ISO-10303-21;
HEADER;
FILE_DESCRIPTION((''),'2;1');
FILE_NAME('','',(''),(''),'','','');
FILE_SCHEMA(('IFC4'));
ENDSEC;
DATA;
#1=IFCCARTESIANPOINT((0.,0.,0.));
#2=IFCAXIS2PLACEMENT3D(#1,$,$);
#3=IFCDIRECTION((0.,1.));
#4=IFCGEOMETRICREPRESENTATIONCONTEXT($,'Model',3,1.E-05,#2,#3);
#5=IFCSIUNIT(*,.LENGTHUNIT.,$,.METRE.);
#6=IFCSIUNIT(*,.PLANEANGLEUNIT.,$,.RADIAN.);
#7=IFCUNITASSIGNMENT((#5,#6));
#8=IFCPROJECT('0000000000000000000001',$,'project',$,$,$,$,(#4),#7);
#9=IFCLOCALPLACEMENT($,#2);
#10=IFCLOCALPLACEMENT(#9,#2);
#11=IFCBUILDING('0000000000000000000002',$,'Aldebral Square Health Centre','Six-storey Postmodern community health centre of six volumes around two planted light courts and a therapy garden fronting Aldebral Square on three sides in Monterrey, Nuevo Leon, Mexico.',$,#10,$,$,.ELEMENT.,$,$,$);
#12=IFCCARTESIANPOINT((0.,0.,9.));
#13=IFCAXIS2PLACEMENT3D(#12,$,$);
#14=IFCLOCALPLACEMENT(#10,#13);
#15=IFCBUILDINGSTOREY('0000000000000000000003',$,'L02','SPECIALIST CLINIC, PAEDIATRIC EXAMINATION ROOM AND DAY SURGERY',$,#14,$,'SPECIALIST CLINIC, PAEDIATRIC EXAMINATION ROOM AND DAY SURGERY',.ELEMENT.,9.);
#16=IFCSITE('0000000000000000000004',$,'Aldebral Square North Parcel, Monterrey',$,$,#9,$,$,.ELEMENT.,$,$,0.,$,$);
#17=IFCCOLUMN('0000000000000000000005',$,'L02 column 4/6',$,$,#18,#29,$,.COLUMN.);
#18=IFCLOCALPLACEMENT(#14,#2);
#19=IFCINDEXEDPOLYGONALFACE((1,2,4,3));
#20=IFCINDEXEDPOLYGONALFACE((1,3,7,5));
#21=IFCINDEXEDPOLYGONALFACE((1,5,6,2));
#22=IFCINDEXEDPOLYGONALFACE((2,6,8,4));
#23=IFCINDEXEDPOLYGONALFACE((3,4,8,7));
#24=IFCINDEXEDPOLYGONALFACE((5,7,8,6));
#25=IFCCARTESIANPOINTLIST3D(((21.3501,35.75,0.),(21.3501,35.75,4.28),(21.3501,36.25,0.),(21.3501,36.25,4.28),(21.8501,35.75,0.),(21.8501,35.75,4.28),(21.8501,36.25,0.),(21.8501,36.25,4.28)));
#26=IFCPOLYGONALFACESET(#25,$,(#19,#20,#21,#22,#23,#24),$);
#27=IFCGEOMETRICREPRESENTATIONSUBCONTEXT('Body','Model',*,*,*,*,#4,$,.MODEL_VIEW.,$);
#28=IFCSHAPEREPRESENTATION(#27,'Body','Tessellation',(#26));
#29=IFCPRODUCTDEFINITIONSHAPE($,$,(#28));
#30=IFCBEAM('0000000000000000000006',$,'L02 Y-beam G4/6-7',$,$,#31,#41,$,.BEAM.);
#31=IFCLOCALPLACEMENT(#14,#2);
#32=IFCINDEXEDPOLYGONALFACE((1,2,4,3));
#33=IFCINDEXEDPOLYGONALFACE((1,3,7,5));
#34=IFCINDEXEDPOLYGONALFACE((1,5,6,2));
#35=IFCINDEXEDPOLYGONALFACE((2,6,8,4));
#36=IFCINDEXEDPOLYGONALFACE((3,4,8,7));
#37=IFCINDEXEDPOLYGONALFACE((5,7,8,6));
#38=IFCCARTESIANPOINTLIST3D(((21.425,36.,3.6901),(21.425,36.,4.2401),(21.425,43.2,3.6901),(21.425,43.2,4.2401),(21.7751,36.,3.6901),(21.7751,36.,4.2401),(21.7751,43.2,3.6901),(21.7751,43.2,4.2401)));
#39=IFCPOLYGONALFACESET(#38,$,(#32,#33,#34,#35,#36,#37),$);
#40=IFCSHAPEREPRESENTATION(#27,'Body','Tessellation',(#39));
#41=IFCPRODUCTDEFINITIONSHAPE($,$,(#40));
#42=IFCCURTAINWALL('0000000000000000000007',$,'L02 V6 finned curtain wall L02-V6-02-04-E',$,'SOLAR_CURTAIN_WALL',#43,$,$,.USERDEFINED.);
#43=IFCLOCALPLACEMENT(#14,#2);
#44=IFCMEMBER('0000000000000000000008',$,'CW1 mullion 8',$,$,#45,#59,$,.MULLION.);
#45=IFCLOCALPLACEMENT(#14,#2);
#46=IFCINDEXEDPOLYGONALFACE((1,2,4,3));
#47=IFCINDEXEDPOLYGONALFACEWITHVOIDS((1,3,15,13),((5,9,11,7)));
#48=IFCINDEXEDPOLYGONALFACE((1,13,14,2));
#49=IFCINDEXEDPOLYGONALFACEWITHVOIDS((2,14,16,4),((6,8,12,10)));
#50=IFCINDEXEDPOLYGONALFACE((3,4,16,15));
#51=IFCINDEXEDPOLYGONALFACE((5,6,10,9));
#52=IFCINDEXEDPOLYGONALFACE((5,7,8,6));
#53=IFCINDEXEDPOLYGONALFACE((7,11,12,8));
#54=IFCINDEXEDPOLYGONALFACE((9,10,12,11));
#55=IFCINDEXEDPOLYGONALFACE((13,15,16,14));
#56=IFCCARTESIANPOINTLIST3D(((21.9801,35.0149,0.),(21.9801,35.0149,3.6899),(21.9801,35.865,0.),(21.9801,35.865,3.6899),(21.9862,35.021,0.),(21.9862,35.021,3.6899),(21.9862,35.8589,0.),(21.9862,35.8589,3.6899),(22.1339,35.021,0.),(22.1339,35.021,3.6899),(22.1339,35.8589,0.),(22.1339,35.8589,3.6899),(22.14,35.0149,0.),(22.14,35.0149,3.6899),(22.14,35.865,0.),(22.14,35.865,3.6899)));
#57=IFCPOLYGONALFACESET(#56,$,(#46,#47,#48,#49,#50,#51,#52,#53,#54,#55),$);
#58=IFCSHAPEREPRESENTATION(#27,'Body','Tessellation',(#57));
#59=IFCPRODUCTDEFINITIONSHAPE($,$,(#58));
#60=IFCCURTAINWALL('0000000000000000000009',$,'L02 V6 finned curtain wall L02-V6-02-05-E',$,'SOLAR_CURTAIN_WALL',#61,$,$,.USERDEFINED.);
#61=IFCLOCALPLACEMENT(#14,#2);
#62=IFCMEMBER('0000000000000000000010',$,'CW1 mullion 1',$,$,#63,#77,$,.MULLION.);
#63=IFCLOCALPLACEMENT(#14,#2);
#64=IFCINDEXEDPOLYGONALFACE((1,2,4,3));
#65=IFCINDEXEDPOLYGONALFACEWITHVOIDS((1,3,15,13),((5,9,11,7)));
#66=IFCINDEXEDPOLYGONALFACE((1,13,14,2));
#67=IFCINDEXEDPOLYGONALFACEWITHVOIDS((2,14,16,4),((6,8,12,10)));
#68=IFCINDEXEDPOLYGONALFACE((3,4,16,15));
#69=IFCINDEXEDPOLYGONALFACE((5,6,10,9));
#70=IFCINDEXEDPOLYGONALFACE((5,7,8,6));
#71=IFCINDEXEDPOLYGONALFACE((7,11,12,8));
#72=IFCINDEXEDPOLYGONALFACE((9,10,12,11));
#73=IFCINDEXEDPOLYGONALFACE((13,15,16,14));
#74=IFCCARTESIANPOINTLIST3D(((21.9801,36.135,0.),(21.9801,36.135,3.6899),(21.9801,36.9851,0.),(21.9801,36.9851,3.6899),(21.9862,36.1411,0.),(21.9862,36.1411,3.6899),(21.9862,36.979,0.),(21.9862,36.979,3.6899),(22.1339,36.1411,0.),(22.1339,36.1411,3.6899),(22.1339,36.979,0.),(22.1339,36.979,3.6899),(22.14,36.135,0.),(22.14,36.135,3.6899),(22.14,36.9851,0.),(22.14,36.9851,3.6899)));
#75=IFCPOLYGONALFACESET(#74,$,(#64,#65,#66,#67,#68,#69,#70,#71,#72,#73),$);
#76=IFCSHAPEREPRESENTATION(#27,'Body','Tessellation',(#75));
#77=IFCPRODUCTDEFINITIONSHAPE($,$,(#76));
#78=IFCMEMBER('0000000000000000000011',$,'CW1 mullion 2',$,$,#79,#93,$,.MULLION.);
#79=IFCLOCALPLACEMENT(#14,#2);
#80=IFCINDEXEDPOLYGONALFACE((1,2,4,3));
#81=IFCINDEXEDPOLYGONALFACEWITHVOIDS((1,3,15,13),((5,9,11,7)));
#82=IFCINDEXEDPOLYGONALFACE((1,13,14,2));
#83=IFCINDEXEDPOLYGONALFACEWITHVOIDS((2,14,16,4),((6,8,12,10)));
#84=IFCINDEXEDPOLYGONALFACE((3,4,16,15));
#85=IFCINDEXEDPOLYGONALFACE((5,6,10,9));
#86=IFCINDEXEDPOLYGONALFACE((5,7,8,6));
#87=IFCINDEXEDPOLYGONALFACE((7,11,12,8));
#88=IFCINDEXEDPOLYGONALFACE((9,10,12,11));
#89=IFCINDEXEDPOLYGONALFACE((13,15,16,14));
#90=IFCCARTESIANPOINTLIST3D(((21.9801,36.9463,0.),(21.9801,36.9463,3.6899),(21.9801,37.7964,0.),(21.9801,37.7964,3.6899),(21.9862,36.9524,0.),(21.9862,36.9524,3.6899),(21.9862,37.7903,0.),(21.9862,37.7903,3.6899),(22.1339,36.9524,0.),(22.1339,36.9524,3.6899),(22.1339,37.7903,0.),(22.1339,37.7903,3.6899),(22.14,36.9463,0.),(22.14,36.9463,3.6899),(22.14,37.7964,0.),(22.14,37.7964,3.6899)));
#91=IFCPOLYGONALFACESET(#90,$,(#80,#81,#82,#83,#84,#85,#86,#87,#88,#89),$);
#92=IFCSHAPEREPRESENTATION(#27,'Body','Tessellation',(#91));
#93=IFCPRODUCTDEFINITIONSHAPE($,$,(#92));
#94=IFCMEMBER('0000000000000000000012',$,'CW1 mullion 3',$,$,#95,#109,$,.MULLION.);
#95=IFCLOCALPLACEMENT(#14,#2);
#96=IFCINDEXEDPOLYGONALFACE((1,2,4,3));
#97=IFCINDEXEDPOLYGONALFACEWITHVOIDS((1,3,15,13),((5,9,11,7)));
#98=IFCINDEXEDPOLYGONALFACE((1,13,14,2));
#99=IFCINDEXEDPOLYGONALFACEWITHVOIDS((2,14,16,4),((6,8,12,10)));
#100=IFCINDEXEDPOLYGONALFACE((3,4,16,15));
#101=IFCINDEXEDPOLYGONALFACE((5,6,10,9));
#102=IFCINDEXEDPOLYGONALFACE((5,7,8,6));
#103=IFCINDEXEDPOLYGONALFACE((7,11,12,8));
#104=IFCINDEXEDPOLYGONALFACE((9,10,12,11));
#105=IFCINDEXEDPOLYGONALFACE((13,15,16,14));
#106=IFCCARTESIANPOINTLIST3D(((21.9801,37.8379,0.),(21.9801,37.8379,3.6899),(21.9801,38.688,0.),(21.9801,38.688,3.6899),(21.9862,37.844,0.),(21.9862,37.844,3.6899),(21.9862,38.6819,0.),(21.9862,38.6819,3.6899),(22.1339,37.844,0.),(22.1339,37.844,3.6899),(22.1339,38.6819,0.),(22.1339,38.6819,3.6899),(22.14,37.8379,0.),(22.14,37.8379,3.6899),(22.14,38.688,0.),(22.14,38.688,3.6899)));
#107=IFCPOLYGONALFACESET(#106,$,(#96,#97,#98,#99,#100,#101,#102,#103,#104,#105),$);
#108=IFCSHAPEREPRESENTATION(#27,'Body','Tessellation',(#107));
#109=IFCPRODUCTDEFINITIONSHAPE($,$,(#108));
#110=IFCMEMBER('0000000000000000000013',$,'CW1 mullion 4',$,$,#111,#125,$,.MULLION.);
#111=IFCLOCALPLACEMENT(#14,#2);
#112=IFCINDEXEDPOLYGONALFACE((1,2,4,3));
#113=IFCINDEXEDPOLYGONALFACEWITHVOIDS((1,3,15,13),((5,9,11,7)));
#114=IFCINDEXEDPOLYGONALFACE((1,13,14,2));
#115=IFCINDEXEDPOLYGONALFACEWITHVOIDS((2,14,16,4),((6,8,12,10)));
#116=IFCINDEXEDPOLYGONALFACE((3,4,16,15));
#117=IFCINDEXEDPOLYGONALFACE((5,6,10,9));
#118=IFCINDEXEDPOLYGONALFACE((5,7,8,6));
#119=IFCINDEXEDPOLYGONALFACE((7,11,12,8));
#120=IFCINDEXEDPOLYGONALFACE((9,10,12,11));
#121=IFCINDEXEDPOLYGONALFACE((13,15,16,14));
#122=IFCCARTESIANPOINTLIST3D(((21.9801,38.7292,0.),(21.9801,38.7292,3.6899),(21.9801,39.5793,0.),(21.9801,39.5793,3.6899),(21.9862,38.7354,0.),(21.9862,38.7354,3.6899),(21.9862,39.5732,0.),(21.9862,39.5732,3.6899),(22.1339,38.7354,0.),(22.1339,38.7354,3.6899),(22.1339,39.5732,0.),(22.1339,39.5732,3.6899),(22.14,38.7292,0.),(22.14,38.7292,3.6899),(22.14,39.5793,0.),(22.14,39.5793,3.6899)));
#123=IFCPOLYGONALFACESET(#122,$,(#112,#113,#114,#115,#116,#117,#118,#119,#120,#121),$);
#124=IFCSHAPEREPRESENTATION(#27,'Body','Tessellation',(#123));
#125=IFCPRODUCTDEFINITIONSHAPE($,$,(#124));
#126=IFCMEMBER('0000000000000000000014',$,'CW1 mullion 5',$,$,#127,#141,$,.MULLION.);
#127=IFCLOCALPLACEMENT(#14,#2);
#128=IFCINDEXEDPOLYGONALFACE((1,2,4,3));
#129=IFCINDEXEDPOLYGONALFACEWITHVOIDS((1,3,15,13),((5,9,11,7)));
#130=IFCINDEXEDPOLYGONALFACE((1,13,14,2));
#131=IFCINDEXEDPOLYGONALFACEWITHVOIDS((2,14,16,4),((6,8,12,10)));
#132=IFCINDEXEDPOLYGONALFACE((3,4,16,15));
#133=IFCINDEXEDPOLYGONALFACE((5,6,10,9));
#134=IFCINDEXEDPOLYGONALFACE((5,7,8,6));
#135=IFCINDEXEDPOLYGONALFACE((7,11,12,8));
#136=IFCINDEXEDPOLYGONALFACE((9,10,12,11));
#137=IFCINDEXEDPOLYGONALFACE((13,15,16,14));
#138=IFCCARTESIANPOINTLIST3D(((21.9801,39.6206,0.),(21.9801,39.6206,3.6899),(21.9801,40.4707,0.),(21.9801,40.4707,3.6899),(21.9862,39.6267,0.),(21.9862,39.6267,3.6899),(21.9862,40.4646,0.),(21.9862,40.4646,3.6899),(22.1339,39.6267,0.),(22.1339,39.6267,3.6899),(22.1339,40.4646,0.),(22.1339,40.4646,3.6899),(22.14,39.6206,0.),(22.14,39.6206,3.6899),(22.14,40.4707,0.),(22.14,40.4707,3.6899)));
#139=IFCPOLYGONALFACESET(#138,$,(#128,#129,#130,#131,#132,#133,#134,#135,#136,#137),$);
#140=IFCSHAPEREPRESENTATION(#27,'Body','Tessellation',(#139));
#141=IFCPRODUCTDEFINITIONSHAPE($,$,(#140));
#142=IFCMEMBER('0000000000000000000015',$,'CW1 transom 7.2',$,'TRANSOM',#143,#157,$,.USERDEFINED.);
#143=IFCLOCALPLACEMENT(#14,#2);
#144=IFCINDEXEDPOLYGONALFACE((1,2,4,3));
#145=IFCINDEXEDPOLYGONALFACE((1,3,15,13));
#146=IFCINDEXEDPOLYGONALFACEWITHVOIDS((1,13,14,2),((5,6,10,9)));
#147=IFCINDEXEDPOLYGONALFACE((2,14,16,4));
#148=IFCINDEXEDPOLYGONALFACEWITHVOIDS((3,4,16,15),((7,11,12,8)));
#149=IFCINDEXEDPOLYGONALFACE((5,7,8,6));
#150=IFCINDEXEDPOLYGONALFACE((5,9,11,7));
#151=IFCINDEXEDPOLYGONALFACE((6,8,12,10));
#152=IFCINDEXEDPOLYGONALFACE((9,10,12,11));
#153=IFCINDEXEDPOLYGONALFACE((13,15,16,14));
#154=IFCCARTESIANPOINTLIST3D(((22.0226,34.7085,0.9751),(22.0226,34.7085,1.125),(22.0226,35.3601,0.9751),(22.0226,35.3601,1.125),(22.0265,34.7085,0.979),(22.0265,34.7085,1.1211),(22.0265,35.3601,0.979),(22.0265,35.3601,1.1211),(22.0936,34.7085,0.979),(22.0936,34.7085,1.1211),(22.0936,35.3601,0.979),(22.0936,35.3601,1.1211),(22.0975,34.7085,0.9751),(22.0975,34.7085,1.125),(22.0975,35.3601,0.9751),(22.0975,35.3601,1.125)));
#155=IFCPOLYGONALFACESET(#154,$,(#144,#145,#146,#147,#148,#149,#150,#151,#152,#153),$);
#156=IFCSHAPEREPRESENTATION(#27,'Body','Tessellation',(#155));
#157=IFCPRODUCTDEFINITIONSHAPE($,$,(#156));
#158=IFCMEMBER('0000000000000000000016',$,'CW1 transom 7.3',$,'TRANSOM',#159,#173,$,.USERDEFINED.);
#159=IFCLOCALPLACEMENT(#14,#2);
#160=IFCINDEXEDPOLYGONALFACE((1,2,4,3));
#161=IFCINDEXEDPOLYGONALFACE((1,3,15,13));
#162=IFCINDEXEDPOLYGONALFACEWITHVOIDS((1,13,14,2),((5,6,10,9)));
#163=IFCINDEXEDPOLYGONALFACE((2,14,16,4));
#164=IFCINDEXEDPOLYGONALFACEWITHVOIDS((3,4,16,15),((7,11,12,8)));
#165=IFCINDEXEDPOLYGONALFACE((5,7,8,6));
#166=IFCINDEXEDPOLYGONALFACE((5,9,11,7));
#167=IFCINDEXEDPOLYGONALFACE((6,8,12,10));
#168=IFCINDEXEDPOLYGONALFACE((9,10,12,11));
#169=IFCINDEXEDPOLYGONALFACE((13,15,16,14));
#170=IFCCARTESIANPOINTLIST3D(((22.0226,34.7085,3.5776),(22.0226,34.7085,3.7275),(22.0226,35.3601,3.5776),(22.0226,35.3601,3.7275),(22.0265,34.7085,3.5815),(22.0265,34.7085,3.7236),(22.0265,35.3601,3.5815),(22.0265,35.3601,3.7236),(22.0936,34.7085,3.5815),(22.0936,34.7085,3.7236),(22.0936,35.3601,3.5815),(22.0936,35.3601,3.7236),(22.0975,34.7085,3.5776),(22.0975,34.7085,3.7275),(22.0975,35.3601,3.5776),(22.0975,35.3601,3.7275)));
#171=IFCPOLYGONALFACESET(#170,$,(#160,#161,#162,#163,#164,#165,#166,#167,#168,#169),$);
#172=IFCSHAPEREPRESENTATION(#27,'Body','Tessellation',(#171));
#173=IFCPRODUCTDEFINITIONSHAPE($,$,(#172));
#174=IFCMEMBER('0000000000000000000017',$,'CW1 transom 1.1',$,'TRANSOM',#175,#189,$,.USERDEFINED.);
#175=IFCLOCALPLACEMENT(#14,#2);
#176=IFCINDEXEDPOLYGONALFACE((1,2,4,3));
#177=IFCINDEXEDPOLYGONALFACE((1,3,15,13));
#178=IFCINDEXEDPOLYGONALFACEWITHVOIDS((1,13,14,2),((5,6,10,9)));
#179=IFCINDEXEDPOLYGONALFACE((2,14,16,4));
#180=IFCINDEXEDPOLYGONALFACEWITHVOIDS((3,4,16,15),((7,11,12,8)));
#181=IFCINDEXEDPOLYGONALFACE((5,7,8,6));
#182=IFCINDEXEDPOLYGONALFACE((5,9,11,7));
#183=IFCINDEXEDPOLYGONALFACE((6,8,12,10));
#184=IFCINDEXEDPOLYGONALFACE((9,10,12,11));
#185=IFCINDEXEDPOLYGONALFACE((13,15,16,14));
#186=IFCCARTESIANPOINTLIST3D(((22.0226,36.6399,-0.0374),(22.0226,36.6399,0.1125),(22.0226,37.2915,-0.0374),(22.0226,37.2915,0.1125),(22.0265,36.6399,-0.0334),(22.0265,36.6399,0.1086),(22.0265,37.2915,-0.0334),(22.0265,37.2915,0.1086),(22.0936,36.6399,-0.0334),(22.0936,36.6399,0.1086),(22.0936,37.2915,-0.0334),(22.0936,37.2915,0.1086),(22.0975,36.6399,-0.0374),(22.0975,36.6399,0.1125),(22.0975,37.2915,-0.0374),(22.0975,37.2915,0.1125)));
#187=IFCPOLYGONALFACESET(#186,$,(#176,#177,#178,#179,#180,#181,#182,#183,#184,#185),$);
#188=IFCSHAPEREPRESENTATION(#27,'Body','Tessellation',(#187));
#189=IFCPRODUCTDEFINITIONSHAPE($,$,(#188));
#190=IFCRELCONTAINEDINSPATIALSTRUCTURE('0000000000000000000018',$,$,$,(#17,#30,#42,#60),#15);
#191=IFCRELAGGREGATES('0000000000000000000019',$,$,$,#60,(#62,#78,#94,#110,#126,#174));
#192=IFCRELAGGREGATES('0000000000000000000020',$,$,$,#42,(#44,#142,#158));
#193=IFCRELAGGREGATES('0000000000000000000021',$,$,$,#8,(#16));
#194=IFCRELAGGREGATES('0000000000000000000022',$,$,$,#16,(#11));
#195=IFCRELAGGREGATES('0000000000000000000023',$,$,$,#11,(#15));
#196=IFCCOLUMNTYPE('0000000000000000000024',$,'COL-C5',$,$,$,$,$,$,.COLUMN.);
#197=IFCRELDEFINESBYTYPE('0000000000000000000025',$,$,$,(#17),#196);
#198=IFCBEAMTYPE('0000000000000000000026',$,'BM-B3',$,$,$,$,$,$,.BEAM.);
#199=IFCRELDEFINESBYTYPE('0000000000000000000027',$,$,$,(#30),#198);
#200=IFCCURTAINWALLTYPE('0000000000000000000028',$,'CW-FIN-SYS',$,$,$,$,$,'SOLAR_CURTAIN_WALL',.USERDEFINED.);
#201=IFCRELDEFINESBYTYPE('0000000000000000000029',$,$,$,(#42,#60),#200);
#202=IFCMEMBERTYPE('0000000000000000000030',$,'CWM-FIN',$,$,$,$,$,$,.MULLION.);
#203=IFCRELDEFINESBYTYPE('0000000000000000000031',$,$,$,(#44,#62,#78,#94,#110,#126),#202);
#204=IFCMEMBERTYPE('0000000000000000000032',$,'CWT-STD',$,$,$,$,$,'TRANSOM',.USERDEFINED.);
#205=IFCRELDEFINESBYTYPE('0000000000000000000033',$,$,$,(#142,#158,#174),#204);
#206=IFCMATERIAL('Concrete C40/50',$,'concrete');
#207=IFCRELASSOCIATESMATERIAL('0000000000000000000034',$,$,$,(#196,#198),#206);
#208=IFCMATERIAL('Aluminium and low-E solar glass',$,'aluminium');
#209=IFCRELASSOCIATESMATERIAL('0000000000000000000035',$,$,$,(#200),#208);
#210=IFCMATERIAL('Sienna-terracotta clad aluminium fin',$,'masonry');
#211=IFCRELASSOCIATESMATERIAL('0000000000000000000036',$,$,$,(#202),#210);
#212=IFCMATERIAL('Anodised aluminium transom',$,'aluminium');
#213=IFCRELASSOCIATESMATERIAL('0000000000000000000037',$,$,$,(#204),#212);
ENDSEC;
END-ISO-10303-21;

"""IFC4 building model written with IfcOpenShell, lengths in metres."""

from ifc_helpers import new_model, si_unit, direction, frame, origin, origin_2d, place, context, subcontext, project, spatial, rectangle, hollow_rectangle, extrude, material, material_profile, profile_set, type_object, element, aggregate, save


model = new_model("IFC4")

# Units and contexts
model_context = context("Model", 3, precision=1e-05, world=origin(), true_north=direction((0.0, 1.0)))
body_context = subcontext(model_context, "Body", "Model", "MODEL_VIEW")
ifc_project = project(units=[si_unit("LENGTHUNIT", "METRE"), si_unit("PLANEANGLEUNIT", "RADIAN")], contexts=[model_context])

# Site, building, storey
site_placement = place(None, origin())
site = spatial("IfcSite", under=ifc_project, at=site_placement, Name="Aldebral Square North Parcel, Monterrey", CompositionType="ELEMENT", RefElevation=0.0)
building_placement = place(site_placement, origin())
building = spatial("IfcBuilding", under=site, at=building_placement, Name="Aldebral Square Health Centre", Description="Six-storey Postmodern community health centre of six volumes around two planted light courts and a therapy garden fronting Aldebral Square on three sides in Monterrey, Nuevo Leon, Mexico.", CompositionType="ELEMENT")
storey_placement = place(building_placement, frame((0.0, 0.0, 9.0)))
storey = spatial("IfcBuildingStorey", under=building, at=storey_placement, Name="L02", Description="SPECIALIST CLINIC, PAEDIATRIC EXAMINATION ROOM AND DAY SURGERY", LongName="SPECIALIST CLINIC, PAEDIATRIC EXAMINATION ROOM AND DAY SURGERY", CompositionType="ELEMENT", Elevation=9.0)

# Column
ifc_material_1 = material(Name="Concrete C40/50", Category="concrete")
ifc_material_profile_1 = material_profile(ifc_material_1, rectangle(XDim=0.5, YDim=0.5, at=origin_2d()), Name="RC 500x500")
ifc_profile_set_1 = profile_set([ifc_material_profile_1], Name="Concrete C40/50")
column_type = type_object("IfcColumnType", Name="COL-C5", PredefinedType="COLUMN", material=ifc_profile_set_1)
column_placement = place(storey_placement, frame((21.6001, 36.0, 0.0), z_axis=(0.0, 0.0, 1.0), x_axis=(1.0, 0.0, 0.0)))
element("IfcColumn", 1, at=column_placement, inside=storey, type_object=column_type, Name="L02 column 4/6", PredefinedType="COLUMN", context=body_context, shape_type="SweptSolid", body=[
    extrude(rectangle(XDim=0.5, YDim=0.5, at=origin_2d()), origin(), (0.0, 0.0, 1.0), 4.28),
])

# Beam
ifc_material_profile_2 = material_profile(ifc_material_1, rectangle(XDim=0.3501, YDim=0.55, at=origin_2d()), Name="RC 350x550")
ifc_profile_set_2 = profile_set([ifc_material_profile_2], Name="Concrete C40/50")
beam_type = type_object("IfcBeamType", Name="BM-B3", PredefinedType="BEAM", material=ifc_profile_set_2)
beam_placement = place(storey_placement, frame((21.6001, 36.0, 3.9651), z_axis=(0.0, 1.0, 0.0), x_axis=(-1.0, 0.0, 0.0)))
element("IfcBeam", 2, at=beam_placement, inside=storey, type_object=beam_type, Name="L02 Y-beam G4/6-7", PredefinedType="BEAM", context=body_context, shape_type="SweptSolid", body=[
    extrude(rectangle(XDim=0.3501, YDim=0.55, at=origin_2d()), origin(), (0.0, 0.0, 1.0), 7.2),
])

# Curtain wall, member
ifc_material_2 = material(Name="Aluminium and low-E solar glass", Category="aluminium")
curtain_wall_type = type_object("IfcCurtainWallType", Name="CW-FIN-SYS", ElementType="SOLAR_CURTAIN_WALL", PredefinedType="USERDEFINED", material=ifc_material_2)
curtain_wall_1_placement = place(storey_placement, origin())
curtain_wall_1 = element("IfcCurtainWall", 3, at=curtain_wall_1_placement, inside=storey, type_object=curtain_wall_type, Name="L02 V6 finned curtain wall L02-V6-02-04-E", ObjectType="SOLAR_CURTAIN_WALL", PredefinedType="USERDEFINED")
ifc_material_3 = material(Name="Sienna-terracotta clad aluminium fin", Category="masonry")
ifc_material_profile_3 = material_profile(ifc_material_3, hollow_rectangle(XDim=0.1599, YDim=0.8501, WallThickness=0.0061, at=origin_2d()), Name="FIN 160x850x6")
ifc_profile_set_3 = profile_set([ifc_material_profile_3], Name="Sienna-terracotta clad aluminium fin")
member_type_1 = type_object("IfcMemberType", Name="CWM-FIN", PredefinedType="MULLION", material=ifc_profile_set_3)
member_1_placement = place(storey_placement, frame((22.0601, 35.4399, 0.0), z_axis=(0.0, 0.0, 1.0), x_axis=(-1.0, 0.0, 0.0)))
member_1 = element("IfcMember", 4, at=member_1_placement, type_object=member_type_1, Name="CW1 mullion 8", PredefinedType="MULLION", context=body_context, shape_type="SweptSolid", body=[
    extrude(hollow_rectangle(XDim=0.1599, YDim=0.8501, WallThickness=0.0061, at=origin_2d()), origin(), (0.0, 0.0, 1.0), 3.6899),
])

# Curtain wall, members
curtain_wall_2_placement = place(storey_placement, origin())
curtain_wall_2 = element("IfcCurtainWall", 5, at=curtain_wall_2_placement, inside=storey, type_object=curtain_wall_type, Name="L02 V6 finned curtain wall L02-V6-02-05-E", ObjectType="SOLAR_CURTAIN_WALL", PredefinedType="USERDEFINED")
member_2_placement = place(storey_placement, frame((22.0601, 36.5601, 0.0), z_axis=(0.0, 0.0, 1.0), x_axis=(-1.0, 0.0, 0.0)))
member_2 = element("IfcMember", 6, at=member_2_placement, type_object=member_type_1, Name="CW1 mullion 1", PredefinedType="MULLION", context=body_context, shape_type="SweptSolid", body=[
    extrude(hollow_rectangle(XDim=0.1599, YDim=0.8501, WallThickness=0.0061, at=origin_2d()), origin(), (0.0, 0.0, 1.0), 3.6899),
])
member_3_placement = place(storey_placement, frame((22.0601, 37.3713, 0.0), z_axis=(0.0, 0.0, 1.0), x_axis=(-1.0, 0.0, 0.0)))
member_3 = element("IfcMember", 7, at=member_3_placement, type_object=member_type_1, Name="CW1 mullion 2", PredefinedType="MULLION", context=body_context, shape_type="SweptSolid", body=[
    extrude(hollow_rectangle(XDim=0.1599, YDim=0.8501, WallThickness=0.0061, at=origin_2d()), origin(), (0.0, 0.0, 1.0), 3.6899),
])
member_4_placement = place(storey_placement, frame((22.0601, 38.2629, 0.0), z_axis=(0.0, 0.0, 1.0), x_axis=(-1.0, 0.0, 0.0)))
member_4 = element("IfcMember", 8, at=member_4_placement, type_object=member_type_1, Name="CW1 mullion 3", PredefinedType="MULLION", context=body_context, shape_type="SweptSolid", body=[
    extrude(hollow_rectangle(XDim=0.1599, YDim=0.8501, WallThickness=0.0061, at=origin_2d()), origin(), (0.0, 0.0, 1.0), 3.6899),
])
member_5_placement = place(storey_placement, frame((22.0601, 39.1543, 0.0), z_axis=(0.0, 0.0, 1.0), x_axis=(-1.0, 0.0, 0.0)))
member_5 = element("IfcMember", 9, at=member_5_placement, type_object=member_type_1, Name="CW1 mullion 4", PredefinedType="MULLION", context=body_context, shape_type="SweptSolid", body=[
    extrude(hollow_rectangle(XDim=0.1599, YDim=0.8501, WallThickness=0.0061, at=origin_2d()), origin(), (0.0, 0.0, 1.0), 3.6899),
])
member_6_placement = place(storey_placement, frame((22.0601, 40.0457, 0.0), z_axis=(0.0, 0.0, 1.0), x_axis=(-1.0, 0.0, 0.0)))
member_6 = element("IfcMember", 10, at=member_6_placement, type_object=member_type_1, Name="CW1 mullion 5", PredefinedType="MULLION", context=body_context, shape_type="SweptSolid", body=[
    extrude(hollow_rectangle(XDim=0.1599, YDim=0.8501, WallThickness=0.0061, at=origin_2d()), origin(), (0.0, 0.0, 1.0), 3.6899),
])

# Members
ifc_material_4 = material(Name="Anodised aluminium transom", Category="aluminium")
ifc_material_profile_4 = material_profile(ifc_material_4, hollow_rectangle(XDim=0.075, YDim=0.1499, WallThickness=0.0039, at=origin_2d()), Name="CWT 75x150x4")
ifc_profile_set_4 = profile_set([ifc_material_profile_4], Name="Anodised aluminium transom")
member_type_2 = type_object("IfcMemberType", Name="CWT-STD", ElementType="TRANSOM", PredefinedType="USERDEFINED", material=ifc_profile_set_4)
member_7_placement = place(storey_placement, frame((22.0601, 34.7085, 1.05), z_axis=(0.0, 1.0, 0.0), x_axis=(-1.0, 0.0, 0.0)))
member_7 = element("IfcMember", 11, at=member_7_placement, type_object=member_type_2, Name="CW1 transom 7.2", ObjectType="TRANSOM", PredefinedType="USERDEFINED", context=body_context, shape_type="SweptSolid", body=[
    extrude(hollow_rectangle(XDim=0.075, YDim=0.1499, WallThickness=0.0039, at=origin_2d()), origin(), (0.0, 0.0, 1.0), 0.6516),
])
member_8_placement = place(storey_placement, frame((22.0601, 34.7085, 3.6526), z_axis=(0.0, 1.0, 0.0), x_axis=(-1.0, 0.0, 0.0)))
member_8 = element("IfcMember", 12, at=member_8_placement, type_object=member_type_2, Name="CW1 transom 7.3", ObjectType="TRANSOM", PredefinedType="USERDEFINED", context=body_context, shape_type="SweptSolid", body=[
    extrude(hollow_rectangle(XDim=0.075, YDim=0.1499, WallThickness=0.0039, at=origin_2d()), origin(), (0.0, 0.0, 1.0), 0.6516),
])
member_9_placement = place(storey_placement, frame((22.0601, 36.6399, 0.0376), z_axis=(0.0, 1.0, 0.0), x_axis=(-1.0, 0.0, 0.0)))
member_9 = element("IfcMember", 13, at=member_9_placement, type_object=member_type_2, Name="CW1 transom 1.1", ObjectType="TRANSOM", PredefinedType="USERDEFINED", context=body_context, shape_type="SweptSolid", body=[
    extrude(hollow_rectangle(XDim=0.075, YDim=0.1499, WallThickness=0.0039, at=origin_2d()), origin(), (0.0, 0.0, 1.0), 0.6516),
])
aggregate(curtain_wall_2, [member_2, member_3, member_4, member_5, member_6, member_9])

aggregate(curtain_wall_1, [member_1, member_7, member_8])

save(model, "model.ifc")
